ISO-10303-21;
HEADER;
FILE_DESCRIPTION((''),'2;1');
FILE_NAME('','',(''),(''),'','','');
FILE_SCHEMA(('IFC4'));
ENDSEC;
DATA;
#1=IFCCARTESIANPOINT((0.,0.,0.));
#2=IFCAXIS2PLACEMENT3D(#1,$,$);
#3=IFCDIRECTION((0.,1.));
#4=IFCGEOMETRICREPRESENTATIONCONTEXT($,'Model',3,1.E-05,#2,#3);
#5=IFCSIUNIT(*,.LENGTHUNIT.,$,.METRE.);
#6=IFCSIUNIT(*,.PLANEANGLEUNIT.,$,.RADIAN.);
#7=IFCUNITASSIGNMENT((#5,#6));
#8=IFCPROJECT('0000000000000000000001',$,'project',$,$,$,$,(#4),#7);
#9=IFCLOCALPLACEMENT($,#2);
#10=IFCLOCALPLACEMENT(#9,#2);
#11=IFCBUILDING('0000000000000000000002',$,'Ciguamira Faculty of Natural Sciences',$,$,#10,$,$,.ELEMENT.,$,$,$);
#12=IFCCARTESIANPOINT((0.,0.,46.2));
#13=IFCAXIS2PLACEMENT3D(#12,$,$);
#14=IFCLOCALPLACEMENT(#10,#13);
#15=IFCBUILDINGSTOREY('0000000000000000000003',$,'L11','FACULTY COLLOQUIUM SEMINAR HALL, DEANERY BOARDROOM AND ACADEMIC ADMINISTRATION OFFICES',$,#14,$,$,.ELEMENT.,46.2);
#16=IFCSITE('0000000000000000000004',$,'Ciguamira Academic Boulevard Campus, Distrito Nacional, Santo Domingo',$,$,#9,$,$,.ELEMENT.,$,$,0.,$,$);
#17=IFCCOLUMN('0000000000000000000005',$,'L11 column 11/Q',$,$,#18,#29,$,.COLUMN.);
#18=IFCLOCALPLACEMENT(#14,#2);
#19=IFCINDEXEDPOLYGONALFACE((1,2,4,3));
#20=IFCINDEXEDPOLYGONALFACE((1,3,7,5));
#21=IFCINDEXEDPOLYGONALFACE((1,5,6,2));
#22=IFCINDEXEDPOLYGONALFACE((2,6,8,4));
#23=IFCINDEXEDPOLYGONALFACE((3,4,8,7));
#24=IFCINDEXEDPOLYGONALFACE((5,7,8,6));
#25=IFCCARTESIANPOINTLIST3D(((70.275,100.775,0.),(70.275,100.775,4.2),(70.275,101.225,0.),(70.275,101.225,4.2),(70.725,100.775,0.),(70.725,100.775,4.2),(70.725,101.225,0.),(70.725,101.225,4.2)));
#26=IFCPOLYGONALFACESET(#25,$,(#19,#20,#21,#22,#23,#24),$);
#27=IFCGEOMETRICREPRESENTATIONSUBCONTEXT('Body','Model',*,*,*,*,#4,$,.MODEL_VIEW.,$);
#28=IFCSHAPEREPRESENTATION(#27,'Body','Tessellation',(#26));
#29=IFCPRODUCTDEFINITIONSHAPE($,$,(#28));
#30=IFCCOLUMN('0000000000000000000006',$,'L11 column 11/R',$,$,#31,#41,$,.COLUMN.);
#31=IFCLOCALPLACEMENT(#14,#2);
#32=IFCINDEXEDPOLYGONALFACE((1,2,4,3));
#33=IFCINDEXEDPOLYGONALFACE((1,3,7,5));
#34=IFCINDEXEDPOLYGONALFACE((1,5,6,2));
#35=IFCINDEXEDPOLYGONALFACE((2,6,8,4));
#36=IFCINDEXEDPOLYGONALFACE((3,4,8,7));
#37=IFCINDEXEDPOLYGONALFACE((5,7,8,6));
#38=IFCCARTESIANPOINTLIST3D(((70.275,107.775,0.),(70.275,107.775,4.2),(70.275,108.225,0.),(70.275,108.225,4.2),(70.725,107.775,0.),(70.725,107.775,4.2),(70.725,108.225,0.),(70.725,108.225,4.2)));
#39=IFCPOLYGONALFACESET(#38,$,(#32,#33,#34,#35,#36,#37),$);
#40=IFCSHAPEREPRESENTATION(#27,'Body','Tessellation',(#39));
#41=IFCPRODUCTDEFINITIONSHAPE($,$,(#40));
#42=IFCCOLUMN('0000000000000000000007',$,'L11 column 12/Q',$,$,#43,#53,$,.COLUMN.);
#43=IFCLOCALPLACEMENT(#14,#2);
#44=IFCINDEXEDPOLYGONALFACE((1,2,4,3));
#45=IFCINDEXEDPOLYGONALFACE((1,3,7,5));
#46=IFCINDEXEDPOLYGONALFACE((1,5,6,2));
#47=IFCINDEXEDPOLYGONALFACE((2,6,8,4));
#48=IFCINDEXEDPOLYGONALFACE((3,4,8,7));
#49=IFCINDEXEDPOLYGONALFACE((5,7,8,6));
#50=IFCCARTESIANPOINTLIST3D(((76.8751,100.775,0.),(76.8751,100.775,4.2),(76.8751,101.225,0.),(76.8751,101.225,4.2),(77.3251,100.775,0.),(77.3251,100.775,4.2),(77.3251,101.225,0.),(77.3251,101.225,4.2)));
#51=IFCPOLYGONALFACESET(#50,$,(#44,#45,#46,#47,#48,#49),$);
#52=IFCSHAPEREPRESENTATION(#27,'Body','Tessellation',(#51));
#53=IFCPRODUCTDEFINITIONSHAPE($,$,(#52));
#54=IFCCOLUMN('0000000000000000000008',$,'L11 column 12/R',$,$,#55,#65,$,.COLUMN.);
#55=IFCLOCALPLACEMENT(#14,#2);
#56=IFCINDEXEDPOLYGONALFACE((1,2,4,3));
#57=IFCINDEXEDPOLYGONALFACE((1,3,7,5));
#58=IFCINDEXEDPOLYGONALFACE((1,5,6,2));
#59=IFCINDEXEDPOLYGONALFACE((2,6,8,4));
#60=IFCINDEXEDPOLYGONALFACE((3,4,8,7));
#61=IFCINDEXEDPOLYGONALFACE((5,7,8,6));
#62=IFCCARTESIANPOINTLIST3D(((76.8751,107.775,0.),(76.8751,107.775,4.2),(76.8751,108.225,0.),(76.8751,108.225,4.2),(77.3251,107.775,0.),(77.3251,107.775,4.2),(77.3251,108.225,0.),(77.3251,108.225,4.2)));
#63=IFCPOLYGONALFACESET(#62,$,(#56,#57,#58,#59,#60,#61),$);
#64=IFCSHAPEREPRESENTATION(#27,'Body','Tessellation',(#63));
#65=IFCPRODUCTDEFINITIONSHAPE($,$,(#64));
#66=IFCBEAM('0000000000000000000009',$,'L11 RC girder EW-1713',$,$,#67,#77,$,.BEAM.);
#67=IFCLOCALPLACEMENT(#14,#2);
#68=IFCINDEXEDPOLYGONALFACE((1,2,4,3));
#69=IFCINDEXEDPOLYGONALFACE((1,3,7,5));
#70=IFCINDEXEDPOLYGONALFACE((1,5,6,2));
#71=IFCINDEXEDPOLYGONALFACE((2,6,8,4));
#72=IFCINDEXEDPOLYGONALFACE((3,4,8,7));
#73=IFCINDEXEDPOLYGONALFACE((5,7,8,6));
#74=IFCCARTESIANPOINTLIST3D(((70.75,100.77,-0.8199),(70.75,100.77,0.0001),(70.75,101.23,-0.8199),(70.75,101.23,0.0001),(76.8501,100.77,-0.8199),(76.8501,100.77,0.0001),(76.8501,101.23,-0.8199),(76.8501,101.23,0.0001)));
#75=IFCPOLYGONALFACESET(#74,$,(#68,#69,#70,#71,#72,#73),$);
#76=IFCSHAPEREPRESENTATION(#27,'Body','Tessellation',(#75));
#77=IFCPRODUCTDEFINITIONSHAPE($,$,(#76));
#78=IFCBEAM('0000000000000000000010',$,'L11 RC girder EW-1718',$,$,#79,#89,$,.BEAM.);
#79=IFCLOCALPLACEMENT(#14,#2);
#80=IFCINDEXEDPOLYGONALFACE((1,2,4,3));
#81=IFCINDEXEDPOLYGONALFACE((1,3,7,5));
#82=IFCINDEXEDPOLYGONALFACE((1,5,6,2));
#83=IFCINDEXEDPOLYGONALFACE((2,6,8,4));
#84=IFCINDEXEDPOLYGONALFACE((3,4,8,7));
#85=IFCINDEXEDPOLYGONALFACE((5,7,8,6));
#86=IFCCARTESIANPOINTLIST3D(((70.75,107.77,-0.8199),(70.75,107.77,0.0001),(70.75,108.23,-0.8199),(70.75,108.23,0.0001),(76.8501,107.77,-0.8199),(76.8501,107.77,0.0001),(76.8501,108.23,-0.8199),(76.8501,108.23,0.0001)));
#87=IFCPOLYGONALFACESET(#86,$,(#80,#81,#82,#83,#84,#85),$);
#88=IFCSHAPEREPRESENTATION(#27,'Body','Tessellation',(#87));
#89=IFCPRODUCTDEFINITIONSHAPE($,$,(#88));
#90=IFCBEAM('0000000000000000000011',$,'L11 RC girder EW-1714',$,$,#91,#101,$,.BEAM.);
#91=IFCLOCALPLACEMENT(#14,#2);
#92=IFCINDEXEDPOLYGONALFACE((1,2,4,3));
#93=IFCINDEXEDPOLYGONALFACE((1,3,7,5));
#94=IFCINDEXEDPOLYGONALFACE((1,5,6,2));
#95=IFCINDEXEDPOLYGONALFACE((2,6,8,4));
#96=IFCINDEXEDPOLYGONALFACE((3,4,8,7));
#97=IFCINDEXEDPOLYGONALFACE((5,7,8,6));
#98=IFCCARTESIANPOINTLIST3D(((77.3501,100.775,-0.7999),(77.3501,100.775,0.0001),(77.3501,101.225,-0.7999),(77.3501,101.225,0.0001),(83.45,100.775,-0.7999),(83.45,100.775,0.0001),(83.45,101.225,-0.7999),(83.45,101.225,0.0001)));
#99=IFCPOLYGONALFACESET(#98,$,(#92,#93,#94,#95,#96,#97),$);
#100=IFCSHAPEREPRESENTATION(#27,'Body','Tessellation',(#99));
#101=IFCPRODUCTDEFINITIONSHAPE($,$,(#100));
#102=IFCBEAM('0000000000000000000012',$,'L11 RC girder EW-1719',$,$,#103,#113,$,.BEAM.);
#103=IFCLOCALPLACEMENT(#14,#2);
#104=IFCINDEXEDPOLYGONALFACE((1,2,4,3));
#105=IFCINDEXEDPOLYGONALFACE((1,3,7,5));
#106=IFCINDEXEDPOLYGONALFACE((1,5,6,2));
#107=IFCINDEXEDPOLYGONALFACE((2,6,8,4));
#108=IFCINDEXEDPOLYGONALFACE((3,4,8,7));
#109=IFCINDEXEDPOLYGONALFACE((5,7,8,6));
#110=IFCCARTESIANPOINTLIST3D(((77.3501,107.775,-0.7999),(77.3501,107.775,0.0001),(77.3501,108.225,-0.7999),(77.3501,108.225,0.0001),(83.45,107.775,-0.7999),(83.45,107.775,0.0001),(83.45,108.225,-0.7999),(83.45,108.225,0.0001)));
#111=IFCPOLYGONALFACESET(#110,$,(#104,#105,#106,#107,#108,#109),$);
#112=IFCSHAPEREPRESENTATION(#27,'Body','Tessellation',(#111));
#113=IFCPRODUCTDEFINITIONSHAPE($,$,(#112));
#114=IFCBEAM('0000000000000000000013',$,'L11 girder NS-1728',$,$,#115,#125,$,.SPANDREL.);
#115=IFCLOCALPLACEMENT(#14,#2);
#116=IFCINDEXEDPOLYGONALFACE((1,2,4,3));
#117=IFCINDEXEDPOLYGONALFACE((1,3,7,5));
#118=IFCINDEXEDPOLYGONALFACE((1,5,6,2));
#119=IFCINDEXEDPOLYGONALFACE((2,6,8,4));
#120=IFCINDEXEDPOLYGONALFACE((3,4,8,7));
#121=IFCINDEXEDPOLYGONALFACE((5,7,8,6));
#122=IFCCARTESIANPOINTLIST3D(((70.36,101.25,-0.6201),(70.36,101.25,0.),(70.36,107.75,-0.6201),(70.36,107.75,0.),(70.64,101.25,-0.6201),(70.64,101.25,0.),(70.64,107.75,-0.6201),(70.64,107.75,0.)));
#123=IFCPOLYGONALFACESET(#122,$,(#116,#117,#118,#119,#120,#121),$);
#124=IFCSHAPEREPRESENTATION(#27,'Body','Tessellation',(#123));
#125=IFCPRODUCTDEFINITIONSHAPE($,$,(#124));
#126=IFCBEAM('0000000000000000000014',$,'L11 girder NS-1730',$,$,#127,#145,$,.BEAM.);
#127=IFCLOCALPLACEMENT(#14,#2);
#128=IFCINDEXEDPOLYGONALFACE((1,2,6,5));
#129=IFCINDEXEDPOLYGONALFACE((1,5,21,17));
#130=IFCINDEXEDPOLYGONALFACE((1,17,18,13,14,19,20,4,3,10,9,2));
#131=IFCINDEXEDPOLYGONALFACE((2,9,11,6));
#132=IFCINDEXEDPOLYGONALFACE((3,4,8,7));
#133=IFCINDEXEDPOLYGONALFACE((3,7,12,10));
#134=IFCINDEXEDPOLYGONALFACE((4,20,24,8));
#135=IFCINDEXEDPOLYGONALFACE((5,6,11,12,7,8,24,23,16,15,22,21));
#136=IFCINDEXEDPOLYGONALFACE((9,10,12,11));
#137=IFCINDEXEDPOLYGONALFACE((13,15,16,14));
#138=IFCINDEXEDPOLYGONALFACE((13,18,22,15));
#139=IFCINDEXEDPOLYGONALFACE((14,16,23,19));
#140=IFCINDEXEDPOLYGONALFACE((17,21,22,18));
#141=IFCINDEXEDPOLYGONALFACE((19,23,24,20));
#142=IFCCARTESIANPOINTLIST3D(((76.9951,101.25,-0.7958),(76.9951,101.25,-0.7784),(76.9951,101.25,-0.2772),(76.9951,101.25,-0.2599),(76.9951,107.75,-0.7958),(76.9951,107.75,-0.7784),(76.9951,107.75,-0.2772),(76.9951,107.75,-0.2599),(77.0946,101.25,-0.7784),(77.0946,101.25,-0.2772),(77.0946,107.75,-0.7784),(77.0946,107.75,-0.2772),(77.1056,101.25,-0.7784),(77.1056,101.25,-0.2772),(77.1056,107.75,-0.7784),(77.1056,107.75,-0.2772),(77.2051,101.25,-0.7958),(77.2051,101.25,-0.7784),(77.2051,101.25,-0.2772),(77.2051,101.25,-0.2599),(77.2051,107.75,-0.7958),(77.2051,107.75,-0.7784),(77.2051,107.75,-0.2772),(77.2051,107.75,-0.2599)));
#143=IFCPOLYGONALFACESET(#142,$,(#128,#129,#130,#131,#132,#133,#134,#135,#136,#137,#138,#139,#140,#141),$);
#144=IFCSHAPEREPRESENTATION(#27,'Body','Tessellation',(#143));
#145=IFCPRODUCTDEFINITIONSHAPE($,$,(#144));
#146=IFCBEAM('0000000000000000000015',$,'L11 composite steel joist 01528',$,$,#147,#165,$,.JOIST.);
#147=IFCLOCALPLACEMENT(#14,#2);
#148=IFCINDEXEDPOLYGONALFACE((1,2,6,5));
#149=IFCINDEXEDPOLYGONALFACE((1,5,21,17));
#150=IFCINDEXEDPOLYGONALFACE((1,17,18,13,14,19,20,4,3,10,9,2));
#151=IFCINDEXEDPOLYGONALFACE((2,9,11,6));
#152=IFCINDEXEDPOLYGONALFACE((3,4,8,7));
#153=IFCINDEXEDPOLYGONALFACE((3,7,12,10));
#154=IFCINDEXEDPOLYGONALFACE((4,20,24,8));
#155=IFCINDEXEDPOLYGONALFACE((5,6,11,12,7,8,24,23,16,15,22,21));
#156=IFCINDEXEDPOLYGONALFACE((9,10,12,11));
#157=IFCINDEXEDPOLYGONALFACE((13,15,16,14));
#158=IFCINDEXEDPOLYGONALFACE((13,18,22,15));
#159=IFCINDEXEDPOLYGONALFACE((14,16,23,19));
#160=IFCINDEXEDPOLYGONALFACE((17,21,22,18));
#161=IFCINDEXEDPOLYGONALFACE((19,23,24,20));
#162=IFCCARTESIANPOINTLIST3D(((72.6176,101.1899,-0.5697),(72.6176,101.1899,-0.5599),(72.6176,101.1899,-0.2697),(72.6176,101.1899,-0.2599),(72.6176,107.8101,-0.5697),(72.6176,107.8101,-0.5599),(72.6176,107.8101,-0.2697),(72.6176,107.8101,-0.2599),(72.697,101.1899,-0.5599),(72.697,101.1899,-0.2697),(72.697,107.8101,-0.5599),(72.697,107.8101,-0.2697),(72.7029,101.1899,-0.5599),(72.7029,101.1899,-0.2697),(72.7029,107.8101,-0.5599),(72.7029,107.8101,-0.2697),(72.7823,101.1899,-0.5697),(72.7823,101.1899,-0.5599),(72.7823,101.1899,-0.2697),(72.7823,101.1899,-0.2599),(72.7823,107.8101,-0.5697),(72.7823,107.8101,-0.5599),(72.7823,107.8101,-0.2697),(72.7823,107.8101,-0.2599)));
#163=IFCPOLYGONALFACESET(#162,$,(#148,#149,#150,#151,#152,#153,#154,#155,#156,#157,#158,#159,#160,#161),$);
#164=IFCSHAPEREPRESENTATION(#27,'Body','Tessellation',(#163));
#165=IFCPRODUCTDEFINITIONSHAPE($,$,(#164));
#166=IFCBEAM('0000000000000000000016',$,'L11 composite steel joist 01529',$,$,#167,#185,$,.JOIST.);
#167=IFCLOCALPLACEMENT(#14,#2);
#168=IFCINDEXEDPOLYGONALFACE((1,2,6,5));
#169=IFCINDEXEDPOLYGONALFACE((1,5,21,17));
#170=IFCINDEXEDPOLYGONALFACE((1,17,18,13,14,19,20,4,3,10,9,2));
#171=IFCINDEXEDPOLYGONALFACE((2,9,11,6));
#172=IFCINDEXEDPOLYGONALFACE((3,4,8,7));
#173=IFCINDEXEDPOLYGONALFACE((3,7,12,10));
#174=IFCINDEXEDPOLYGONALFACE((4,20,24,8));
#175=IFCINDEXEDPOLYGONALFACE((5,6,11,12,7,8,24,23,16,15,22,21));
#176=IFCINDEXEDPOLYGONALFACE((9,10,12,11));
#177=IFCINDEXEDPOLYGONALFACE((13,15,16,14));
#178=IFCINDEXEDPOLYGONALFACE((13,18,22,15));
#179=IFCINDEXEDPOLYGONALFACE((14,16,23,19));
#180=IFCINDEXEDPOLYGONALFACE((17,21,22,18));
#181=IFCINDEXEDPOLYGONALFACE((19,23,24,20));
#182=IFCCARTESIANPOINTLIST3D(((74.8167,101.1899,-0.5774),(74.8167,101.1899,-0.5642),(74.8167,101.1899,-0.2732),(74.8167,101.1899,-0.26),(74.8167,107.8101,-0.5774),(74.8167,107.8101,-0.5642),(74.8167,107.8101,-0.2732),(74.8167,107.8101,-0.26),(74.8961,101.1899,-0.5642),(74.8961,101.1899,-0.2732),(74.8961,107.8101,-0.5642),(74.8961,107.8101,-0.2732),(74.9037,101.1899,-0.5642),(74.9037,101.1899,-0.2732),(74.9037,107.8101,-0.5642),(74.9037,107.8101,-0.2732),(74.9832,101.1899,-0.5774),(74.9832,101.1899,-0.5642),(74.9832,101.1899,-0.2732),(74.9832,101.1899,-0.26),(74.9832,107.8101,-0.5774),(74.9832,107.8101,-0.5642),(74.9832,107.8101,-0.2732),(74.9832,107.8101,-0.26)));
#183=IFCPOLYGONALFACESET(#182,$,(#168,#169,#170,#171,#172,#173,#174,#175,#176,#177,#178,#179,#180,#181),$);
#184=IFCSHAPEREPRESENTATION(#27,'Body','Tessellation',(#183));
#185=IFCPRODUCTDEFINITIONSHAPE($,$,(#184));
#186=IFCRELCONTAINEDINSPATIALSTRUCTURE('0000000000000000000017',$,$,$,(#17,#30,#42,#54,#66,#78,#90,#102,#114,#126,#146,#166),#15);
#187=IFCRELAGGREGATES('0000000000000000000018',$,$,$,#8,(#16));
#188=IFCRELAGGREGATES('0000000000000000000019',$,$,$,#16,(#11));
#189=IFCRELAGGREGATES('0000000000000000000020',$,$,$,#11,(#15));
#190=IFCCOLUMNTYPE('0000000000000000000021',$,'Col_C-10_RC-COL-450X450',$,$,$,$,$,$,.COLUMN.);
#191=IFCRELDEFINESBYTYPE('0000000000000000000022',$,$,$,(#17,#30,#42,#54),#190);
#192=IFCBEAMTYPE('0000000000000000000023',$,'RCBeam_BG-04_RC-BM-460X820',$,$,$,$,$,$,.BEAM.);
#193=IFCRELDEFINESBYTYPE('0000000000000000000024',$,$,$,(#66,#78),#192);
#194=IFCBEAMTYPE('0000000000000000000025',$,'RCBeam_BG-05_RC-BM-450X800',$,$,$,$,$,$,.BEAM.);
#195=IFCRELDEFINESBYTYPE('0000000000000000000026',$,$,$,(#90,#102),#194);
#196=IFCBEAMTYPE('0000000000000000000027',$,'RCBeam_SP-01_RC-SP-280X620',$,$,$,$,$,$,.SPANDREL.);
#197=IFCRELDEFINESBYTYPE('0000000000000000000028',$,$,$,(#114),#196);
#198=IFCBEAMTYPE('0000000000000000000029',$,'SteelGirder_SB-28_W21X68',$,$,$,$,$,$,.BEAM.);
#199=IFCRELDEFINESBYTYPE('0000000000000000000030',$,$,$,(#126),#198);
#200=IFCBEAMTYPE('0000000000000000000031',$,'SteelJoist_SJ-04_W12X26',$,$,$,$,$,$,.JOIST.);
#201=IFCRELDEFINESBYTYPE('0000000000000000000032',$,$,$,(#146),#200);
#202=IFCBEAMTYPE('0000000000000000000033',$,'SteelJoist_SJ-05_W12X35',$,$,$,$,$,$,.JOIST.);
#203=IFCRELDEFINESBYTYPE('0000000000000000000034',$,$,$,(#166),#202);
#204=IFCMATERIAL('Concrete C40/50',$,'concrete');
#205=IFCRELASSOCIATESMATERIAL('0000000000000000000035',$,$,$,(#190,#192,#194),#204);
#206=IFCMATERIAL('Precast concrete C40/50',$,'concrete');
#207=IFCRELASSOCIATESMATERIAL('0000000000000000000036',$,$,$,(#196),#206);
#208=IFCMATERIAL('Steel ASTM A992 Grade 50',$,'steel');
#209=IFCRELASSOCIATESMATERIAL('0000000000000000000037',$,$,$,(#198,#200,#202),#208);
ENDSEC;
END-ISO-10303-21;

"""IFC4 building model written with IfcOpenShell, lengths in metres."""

from ifc_helpers import new_model, si_unit, direction, frame, origin, origin_2d, place, context, subcontext, project, spatial, rectangle, i_section, extrude, material, material_profile, profile_set, type_object, element, save


model = new_model("IFC4")

# Units and contexts
model_context = context("Model", 3, precision=1e-05, world=origin(), true_north=direction((0.0, 1.0)))
body_context = subcontext(model_context, "Body", "Model", "MODEL_VIEW")
ifc_project = project(units=[si_unit("LENGTHUNIT", "METRE"), si_unit("PLANEANGLEUNIT", "RADIAN")], contexts=[model_context])

# Site, building, storey
site_placement = place(None, origin())
site = spatial("IfcSite", under=ifc_project, at=site_placement, Name="Ciguamira Academic Boulevard Campus, Distrito Nacional, Santo Domingo", CompositionType="ELEMENT", RefElevation=0.0)
building_placement = place(site_placement, origin())
building = spatial("IfcBuilding", under=site, at=building_placement, Name="Ciguamira Faculty of Natural Sciences", CompositionType="ELEMENT")
storey_placement = place(building_placement, frame((0.0, 0.0, 46.2)))
storey = spatial("IfcBuildingStorey", under=building, at=storey_placement, Name="L11", Description="FACULTY COLLOQUIUM SEMINAR HALL, DEANERY BOARDROOM AND ACADEMIC ADMINISTRATION OFFICES", CompositionType="ELEMENT", Elevation=46.2)

# Columns
ifc_material_1 = material(Name="Concrete C40/50", Category="concrete")
ifc_material_profile_1 = material_profile(ifc_material_1, rectangle(XDim=0.45, YDim=0.45, at=origin_2d()), Name="RC-COL-450X450")
ifc_profile_set_1 = profile_set([ifc_material_profile_1], Name="Concrete C40/50")
column_type = type_object("IfcColumnType", Name="Col_C-10_RC-COL-450X450", PredefinedType="COLUMN", material=ifc_profile_set_1)
for number, where, z_axis, x_axis, name in (
    (1, (70.5, 101.0, 0.0), (0.0, 0.0, 1.0), (1.0, 0.0, 0.0), "L11 column 11/Q"),
    (2, (70.5, 108.0, 0.0), (0.0, 0.0, 1.0), (1.0, 0.0, 0.0), "L11 column 11/R"),
    (3, (77.1001, 101.0, 0.0), (0.0, 0.0, 1.0), (1.0, 0.0, 0.0), "L11 column 12/Q"),
    (4, (77.1001, 108.0, 0.0), (0.0, 0.0, 1.0), (1.0, 0.0, 0.0), "L11 column 12/R"),
):
    element("IfcColumn", number, at=place(storey_placement, frame(where, z_axis=z_axis, x_axis=x_axis)), inside=storey, type_object=column_type, Name=name, PredefinedType="COLUMN", context=body_context, shape_type="SweptSolid", body=[
        extrude(rectangle(XDim=0.45, YDim=0.45, at=origin_2d()), origin(), (0.0, 0.0, 1.0), 4.2),
    ])

# Beams
ifc_material_profile_2 = material_profile(ifc_material_1, rectangle(XDim=0.46, YDim=0.8201, at=origin_2d()), Name="RC-BM-460X820")
ifc_profile_set_2 = profile_set([ifc_material_profile_2], Name="Concrete C40/50")
beam_type_1 = type_object("IfcBeamType", Name="RCBeam_BG-04_RC-BM-460X820", PredefinedType="BEAM", material=ifc_profile_set_2)
for number, where, z_axis, x_axis, name in (
    (5, (70.75, 101.0, -0.4099), (1.0, 0.0, 0.0), (0.0, 1.0, 0.0), "L11 RC girder EW-1713"),
    (6, (70.75, 108.0, -0.4099), (1.0, 0.0, 0.0), (0.0, 1.0, 0.0), "L11 RC girder EW-1718"),
):
    element("IfcBeam", number, at=place(storey_placement, frame(where, z_axis=z_axis, x_axis=x_axis)), inside=storey, type_object=beam_type_1, Name=name, PredefinedType="BEAM", context=body_context, shape_type="SweptSolid", body=[
        extrude(rectangle(XDim=0.46, YDim=0.8201, at=origin_2d()), origin(), (0.0, 0.0, 1.0), 6.1001),
    ])
ifc_material_profile_3 = material_profile(ifc_material_1, rectangle(XDim=0.45, YDim=0.8, at=origin_2d()), Name="RC-BM-450X800")
ifc_profile_set_3 = profile_set([ifc_material_profile_3], Name="Concrete C40/50")
beam_type_2 = type_object("IfcBeamType", Name="RCBeam_BG-05_RC-BM-450X800", PredefinedType="BEAM", material=ifc_profile_set_3)
for number, where, z_axis, x_axis, name in (
    (7, (77.3501, 101.0, -0.3999), (1.0, 0.0, 0.0), (0.0, 1.0, 0.0), "L11 RC girder EW-1714"),
    (8, (77.3501, 108.0, -0.3999), (1.0, 0.0, 0.0), (0.0, 1.0, 0.0), "L11 RC girder EW-1719"),
):
    element("IfcBeam", number, at=place(storey_placement, frame(where, z_axis=z_axis, x_axis=x_axis)), inside=storey, type_object=beam_type_2, Name=name, PredefinedType="BEAM", context=body_context, shape_type="SweptSolid", body=[
        extrude(rectangle(XDim=0.45, YDim=0.8, at=origin_2d()), origin(), (0.0, 0.0, 1.0), 6.0999),
    ])
ifc_material_2 = material(Name="Precast concrete C40/50", Category="concrete")
ifc_material_profile_4 = material_profile(ifc_material_2, rectangle(XDim=0.28, YDim=0.6201, at=origin_2d()), Name="RC-SP-280X620")
ifc_profile_set_4 = profile_set([ifc_material_profile_4], Name="Precast concrete C40/50")
beam_type_3 = type_object("IfcBeamType", Name="RCBeam_SP-01_RC-SP-280X620", PredefinedType="SPANDREL", material=ifc_profile_set_4)
beam_1_placement = place(storey_placement, frame((70.5, 101.25, -0.3101), z_axis=(0.0, 1.0, 0.0), x_axis=(-1.0, 0.0, 0.0)))
element("IfcBeam", 9, at=beam_1_placement, inside=storey, type_object=beam_type_3, Name="L11 girder NS-1728", PredefinedType="SPANDREL", context=body_context, shape_type="SweptSolid", body=[
    extrude(rectangle(XDim=0.28, YDim=0.6201, at=origin_2d()), origin(), (0.0, 0.0, 1.0), 6.5),
])
ifc_material_3 = material(Name="Steel ASTM A992 Grade 50", Category="steel")
ifc_material_profile_5 = material_profile(ifc_material_3, i_section(OverallWidth=0.21, OverallDepth=0.5359, WebThickness=0.011, FlangeThickness=0.0173, at=origin_2d()), Name="W21X68")
ifc_profile_set_5 = profile_set([ifc_material_profile_5], Name="Steel ASTM A992 Grade 50")
beam_type_4 = type_object("IfcBeamType", Name="SteelGirder_SB-28_W21X68", PredefinedType="BEAM", material=ifc_profile_set_5)
beam_2_placement = place(storey_placement, frame((77.1001, 101.25, -0.5278), z_axis=(0.0, 1.0, 0.0), x_axis=(-1.0, 0.0, 0.0)))
element("IfcBeam", 10, at=beam_2_placement, inside=storey, type_object=beam_type_4, Name="L11 girder NS-1730", PredefinedType="BEAM", context=body_context, shape_type="SweptSolid", body=[
    extrude(i_section(OverallWidth=0.21, OverallDepth=0.5359, WebThickness=0.011, FlangeThickness=0.0173, at=origin_2d()), origin(), (0.0, 0.0, 1.0), 6.5),
])
ifc_material_profile_6 = material_profile(ifc_material_3, i_section(OverallWidth=0.1648, OverallDepth=0.3098, WebThickness=0.0059, FlangeThickness=0.0098, at=origin_2d()), Name="W12X26")
ifc_profile_set_6 = profile_set([ifc_material_profile_6], Name="Steel ASTM A992 Grade 50")
beam_type_5 = type_object("IfcBeamType", Name="SteelJoist_SJ-04_W12X26", PredefinedType="JOIST", material=ifc_profile_set_6)
beam_3_placement = place(storey_placement, frame((72.7, 101.1899, -0.4148), z_axis=(0.0, 1.0, 0.0), x_axis=(-1.0, 0.0, 0.0)))
element("IfcBeam", 11, at=beam_3_placement, inside=storey, type_object=beam_type_5, Name="L11 composite steel joist 01528", PredefinedType="JOIST", context=body_context, shape_type="SweptSolid", body=[
    extrude(i_section(OverallWidth=0.1648, OverallDepth=0.3098, WebThickness=0.0059, FlangeThickness=0.0098, at=origin_2d()), origin(), (0.0, 0.0, 1.0), 6.6201),
])
ifc_material_profile_7 = material_profile(ifc_material_3, i_section(OverallWidth=0.1665, OverallDepth=0.3174, WebThickness=0.0076, FlangeThickness=0.0132, at=origin_2d()), Name="W12X35")
ifc_profile_set_7 = profile_set([ifc_material_profile_7], Name="Steel ASTM A992 Grade 50")
beam_type_6 = type_object("IfcBeamType", Name="SteelJoist_SJ-05_W12X35", PredefinedType="JOIST", material=ifc_profile_set_7)
beam_4_placement = place(storey_placement, frame((74.8999, 101.1899, -0.4187), z_axis=(0.0, 1.0, 0.0), x_axis=(-1.0, 0.0, 0.0)))
element("IfcBeam", 12, at=beam_4_placement, inside=storey, type_object=beam_type_6, Name="L11 composite steel joist 01529", PredefinedType="JOIST", context=body_context, shape_type="SweptSolid", body=[
    extrude(i_section(OverallWidth=0.1665, OverallDepth=0.3174, WebThickness=0.0076, FlangeThickness=0.0132, at=origin_2d()), origin(), (0.0, 0.0, 1.0), 6.6201),
])

save(model, "model.ifc")
